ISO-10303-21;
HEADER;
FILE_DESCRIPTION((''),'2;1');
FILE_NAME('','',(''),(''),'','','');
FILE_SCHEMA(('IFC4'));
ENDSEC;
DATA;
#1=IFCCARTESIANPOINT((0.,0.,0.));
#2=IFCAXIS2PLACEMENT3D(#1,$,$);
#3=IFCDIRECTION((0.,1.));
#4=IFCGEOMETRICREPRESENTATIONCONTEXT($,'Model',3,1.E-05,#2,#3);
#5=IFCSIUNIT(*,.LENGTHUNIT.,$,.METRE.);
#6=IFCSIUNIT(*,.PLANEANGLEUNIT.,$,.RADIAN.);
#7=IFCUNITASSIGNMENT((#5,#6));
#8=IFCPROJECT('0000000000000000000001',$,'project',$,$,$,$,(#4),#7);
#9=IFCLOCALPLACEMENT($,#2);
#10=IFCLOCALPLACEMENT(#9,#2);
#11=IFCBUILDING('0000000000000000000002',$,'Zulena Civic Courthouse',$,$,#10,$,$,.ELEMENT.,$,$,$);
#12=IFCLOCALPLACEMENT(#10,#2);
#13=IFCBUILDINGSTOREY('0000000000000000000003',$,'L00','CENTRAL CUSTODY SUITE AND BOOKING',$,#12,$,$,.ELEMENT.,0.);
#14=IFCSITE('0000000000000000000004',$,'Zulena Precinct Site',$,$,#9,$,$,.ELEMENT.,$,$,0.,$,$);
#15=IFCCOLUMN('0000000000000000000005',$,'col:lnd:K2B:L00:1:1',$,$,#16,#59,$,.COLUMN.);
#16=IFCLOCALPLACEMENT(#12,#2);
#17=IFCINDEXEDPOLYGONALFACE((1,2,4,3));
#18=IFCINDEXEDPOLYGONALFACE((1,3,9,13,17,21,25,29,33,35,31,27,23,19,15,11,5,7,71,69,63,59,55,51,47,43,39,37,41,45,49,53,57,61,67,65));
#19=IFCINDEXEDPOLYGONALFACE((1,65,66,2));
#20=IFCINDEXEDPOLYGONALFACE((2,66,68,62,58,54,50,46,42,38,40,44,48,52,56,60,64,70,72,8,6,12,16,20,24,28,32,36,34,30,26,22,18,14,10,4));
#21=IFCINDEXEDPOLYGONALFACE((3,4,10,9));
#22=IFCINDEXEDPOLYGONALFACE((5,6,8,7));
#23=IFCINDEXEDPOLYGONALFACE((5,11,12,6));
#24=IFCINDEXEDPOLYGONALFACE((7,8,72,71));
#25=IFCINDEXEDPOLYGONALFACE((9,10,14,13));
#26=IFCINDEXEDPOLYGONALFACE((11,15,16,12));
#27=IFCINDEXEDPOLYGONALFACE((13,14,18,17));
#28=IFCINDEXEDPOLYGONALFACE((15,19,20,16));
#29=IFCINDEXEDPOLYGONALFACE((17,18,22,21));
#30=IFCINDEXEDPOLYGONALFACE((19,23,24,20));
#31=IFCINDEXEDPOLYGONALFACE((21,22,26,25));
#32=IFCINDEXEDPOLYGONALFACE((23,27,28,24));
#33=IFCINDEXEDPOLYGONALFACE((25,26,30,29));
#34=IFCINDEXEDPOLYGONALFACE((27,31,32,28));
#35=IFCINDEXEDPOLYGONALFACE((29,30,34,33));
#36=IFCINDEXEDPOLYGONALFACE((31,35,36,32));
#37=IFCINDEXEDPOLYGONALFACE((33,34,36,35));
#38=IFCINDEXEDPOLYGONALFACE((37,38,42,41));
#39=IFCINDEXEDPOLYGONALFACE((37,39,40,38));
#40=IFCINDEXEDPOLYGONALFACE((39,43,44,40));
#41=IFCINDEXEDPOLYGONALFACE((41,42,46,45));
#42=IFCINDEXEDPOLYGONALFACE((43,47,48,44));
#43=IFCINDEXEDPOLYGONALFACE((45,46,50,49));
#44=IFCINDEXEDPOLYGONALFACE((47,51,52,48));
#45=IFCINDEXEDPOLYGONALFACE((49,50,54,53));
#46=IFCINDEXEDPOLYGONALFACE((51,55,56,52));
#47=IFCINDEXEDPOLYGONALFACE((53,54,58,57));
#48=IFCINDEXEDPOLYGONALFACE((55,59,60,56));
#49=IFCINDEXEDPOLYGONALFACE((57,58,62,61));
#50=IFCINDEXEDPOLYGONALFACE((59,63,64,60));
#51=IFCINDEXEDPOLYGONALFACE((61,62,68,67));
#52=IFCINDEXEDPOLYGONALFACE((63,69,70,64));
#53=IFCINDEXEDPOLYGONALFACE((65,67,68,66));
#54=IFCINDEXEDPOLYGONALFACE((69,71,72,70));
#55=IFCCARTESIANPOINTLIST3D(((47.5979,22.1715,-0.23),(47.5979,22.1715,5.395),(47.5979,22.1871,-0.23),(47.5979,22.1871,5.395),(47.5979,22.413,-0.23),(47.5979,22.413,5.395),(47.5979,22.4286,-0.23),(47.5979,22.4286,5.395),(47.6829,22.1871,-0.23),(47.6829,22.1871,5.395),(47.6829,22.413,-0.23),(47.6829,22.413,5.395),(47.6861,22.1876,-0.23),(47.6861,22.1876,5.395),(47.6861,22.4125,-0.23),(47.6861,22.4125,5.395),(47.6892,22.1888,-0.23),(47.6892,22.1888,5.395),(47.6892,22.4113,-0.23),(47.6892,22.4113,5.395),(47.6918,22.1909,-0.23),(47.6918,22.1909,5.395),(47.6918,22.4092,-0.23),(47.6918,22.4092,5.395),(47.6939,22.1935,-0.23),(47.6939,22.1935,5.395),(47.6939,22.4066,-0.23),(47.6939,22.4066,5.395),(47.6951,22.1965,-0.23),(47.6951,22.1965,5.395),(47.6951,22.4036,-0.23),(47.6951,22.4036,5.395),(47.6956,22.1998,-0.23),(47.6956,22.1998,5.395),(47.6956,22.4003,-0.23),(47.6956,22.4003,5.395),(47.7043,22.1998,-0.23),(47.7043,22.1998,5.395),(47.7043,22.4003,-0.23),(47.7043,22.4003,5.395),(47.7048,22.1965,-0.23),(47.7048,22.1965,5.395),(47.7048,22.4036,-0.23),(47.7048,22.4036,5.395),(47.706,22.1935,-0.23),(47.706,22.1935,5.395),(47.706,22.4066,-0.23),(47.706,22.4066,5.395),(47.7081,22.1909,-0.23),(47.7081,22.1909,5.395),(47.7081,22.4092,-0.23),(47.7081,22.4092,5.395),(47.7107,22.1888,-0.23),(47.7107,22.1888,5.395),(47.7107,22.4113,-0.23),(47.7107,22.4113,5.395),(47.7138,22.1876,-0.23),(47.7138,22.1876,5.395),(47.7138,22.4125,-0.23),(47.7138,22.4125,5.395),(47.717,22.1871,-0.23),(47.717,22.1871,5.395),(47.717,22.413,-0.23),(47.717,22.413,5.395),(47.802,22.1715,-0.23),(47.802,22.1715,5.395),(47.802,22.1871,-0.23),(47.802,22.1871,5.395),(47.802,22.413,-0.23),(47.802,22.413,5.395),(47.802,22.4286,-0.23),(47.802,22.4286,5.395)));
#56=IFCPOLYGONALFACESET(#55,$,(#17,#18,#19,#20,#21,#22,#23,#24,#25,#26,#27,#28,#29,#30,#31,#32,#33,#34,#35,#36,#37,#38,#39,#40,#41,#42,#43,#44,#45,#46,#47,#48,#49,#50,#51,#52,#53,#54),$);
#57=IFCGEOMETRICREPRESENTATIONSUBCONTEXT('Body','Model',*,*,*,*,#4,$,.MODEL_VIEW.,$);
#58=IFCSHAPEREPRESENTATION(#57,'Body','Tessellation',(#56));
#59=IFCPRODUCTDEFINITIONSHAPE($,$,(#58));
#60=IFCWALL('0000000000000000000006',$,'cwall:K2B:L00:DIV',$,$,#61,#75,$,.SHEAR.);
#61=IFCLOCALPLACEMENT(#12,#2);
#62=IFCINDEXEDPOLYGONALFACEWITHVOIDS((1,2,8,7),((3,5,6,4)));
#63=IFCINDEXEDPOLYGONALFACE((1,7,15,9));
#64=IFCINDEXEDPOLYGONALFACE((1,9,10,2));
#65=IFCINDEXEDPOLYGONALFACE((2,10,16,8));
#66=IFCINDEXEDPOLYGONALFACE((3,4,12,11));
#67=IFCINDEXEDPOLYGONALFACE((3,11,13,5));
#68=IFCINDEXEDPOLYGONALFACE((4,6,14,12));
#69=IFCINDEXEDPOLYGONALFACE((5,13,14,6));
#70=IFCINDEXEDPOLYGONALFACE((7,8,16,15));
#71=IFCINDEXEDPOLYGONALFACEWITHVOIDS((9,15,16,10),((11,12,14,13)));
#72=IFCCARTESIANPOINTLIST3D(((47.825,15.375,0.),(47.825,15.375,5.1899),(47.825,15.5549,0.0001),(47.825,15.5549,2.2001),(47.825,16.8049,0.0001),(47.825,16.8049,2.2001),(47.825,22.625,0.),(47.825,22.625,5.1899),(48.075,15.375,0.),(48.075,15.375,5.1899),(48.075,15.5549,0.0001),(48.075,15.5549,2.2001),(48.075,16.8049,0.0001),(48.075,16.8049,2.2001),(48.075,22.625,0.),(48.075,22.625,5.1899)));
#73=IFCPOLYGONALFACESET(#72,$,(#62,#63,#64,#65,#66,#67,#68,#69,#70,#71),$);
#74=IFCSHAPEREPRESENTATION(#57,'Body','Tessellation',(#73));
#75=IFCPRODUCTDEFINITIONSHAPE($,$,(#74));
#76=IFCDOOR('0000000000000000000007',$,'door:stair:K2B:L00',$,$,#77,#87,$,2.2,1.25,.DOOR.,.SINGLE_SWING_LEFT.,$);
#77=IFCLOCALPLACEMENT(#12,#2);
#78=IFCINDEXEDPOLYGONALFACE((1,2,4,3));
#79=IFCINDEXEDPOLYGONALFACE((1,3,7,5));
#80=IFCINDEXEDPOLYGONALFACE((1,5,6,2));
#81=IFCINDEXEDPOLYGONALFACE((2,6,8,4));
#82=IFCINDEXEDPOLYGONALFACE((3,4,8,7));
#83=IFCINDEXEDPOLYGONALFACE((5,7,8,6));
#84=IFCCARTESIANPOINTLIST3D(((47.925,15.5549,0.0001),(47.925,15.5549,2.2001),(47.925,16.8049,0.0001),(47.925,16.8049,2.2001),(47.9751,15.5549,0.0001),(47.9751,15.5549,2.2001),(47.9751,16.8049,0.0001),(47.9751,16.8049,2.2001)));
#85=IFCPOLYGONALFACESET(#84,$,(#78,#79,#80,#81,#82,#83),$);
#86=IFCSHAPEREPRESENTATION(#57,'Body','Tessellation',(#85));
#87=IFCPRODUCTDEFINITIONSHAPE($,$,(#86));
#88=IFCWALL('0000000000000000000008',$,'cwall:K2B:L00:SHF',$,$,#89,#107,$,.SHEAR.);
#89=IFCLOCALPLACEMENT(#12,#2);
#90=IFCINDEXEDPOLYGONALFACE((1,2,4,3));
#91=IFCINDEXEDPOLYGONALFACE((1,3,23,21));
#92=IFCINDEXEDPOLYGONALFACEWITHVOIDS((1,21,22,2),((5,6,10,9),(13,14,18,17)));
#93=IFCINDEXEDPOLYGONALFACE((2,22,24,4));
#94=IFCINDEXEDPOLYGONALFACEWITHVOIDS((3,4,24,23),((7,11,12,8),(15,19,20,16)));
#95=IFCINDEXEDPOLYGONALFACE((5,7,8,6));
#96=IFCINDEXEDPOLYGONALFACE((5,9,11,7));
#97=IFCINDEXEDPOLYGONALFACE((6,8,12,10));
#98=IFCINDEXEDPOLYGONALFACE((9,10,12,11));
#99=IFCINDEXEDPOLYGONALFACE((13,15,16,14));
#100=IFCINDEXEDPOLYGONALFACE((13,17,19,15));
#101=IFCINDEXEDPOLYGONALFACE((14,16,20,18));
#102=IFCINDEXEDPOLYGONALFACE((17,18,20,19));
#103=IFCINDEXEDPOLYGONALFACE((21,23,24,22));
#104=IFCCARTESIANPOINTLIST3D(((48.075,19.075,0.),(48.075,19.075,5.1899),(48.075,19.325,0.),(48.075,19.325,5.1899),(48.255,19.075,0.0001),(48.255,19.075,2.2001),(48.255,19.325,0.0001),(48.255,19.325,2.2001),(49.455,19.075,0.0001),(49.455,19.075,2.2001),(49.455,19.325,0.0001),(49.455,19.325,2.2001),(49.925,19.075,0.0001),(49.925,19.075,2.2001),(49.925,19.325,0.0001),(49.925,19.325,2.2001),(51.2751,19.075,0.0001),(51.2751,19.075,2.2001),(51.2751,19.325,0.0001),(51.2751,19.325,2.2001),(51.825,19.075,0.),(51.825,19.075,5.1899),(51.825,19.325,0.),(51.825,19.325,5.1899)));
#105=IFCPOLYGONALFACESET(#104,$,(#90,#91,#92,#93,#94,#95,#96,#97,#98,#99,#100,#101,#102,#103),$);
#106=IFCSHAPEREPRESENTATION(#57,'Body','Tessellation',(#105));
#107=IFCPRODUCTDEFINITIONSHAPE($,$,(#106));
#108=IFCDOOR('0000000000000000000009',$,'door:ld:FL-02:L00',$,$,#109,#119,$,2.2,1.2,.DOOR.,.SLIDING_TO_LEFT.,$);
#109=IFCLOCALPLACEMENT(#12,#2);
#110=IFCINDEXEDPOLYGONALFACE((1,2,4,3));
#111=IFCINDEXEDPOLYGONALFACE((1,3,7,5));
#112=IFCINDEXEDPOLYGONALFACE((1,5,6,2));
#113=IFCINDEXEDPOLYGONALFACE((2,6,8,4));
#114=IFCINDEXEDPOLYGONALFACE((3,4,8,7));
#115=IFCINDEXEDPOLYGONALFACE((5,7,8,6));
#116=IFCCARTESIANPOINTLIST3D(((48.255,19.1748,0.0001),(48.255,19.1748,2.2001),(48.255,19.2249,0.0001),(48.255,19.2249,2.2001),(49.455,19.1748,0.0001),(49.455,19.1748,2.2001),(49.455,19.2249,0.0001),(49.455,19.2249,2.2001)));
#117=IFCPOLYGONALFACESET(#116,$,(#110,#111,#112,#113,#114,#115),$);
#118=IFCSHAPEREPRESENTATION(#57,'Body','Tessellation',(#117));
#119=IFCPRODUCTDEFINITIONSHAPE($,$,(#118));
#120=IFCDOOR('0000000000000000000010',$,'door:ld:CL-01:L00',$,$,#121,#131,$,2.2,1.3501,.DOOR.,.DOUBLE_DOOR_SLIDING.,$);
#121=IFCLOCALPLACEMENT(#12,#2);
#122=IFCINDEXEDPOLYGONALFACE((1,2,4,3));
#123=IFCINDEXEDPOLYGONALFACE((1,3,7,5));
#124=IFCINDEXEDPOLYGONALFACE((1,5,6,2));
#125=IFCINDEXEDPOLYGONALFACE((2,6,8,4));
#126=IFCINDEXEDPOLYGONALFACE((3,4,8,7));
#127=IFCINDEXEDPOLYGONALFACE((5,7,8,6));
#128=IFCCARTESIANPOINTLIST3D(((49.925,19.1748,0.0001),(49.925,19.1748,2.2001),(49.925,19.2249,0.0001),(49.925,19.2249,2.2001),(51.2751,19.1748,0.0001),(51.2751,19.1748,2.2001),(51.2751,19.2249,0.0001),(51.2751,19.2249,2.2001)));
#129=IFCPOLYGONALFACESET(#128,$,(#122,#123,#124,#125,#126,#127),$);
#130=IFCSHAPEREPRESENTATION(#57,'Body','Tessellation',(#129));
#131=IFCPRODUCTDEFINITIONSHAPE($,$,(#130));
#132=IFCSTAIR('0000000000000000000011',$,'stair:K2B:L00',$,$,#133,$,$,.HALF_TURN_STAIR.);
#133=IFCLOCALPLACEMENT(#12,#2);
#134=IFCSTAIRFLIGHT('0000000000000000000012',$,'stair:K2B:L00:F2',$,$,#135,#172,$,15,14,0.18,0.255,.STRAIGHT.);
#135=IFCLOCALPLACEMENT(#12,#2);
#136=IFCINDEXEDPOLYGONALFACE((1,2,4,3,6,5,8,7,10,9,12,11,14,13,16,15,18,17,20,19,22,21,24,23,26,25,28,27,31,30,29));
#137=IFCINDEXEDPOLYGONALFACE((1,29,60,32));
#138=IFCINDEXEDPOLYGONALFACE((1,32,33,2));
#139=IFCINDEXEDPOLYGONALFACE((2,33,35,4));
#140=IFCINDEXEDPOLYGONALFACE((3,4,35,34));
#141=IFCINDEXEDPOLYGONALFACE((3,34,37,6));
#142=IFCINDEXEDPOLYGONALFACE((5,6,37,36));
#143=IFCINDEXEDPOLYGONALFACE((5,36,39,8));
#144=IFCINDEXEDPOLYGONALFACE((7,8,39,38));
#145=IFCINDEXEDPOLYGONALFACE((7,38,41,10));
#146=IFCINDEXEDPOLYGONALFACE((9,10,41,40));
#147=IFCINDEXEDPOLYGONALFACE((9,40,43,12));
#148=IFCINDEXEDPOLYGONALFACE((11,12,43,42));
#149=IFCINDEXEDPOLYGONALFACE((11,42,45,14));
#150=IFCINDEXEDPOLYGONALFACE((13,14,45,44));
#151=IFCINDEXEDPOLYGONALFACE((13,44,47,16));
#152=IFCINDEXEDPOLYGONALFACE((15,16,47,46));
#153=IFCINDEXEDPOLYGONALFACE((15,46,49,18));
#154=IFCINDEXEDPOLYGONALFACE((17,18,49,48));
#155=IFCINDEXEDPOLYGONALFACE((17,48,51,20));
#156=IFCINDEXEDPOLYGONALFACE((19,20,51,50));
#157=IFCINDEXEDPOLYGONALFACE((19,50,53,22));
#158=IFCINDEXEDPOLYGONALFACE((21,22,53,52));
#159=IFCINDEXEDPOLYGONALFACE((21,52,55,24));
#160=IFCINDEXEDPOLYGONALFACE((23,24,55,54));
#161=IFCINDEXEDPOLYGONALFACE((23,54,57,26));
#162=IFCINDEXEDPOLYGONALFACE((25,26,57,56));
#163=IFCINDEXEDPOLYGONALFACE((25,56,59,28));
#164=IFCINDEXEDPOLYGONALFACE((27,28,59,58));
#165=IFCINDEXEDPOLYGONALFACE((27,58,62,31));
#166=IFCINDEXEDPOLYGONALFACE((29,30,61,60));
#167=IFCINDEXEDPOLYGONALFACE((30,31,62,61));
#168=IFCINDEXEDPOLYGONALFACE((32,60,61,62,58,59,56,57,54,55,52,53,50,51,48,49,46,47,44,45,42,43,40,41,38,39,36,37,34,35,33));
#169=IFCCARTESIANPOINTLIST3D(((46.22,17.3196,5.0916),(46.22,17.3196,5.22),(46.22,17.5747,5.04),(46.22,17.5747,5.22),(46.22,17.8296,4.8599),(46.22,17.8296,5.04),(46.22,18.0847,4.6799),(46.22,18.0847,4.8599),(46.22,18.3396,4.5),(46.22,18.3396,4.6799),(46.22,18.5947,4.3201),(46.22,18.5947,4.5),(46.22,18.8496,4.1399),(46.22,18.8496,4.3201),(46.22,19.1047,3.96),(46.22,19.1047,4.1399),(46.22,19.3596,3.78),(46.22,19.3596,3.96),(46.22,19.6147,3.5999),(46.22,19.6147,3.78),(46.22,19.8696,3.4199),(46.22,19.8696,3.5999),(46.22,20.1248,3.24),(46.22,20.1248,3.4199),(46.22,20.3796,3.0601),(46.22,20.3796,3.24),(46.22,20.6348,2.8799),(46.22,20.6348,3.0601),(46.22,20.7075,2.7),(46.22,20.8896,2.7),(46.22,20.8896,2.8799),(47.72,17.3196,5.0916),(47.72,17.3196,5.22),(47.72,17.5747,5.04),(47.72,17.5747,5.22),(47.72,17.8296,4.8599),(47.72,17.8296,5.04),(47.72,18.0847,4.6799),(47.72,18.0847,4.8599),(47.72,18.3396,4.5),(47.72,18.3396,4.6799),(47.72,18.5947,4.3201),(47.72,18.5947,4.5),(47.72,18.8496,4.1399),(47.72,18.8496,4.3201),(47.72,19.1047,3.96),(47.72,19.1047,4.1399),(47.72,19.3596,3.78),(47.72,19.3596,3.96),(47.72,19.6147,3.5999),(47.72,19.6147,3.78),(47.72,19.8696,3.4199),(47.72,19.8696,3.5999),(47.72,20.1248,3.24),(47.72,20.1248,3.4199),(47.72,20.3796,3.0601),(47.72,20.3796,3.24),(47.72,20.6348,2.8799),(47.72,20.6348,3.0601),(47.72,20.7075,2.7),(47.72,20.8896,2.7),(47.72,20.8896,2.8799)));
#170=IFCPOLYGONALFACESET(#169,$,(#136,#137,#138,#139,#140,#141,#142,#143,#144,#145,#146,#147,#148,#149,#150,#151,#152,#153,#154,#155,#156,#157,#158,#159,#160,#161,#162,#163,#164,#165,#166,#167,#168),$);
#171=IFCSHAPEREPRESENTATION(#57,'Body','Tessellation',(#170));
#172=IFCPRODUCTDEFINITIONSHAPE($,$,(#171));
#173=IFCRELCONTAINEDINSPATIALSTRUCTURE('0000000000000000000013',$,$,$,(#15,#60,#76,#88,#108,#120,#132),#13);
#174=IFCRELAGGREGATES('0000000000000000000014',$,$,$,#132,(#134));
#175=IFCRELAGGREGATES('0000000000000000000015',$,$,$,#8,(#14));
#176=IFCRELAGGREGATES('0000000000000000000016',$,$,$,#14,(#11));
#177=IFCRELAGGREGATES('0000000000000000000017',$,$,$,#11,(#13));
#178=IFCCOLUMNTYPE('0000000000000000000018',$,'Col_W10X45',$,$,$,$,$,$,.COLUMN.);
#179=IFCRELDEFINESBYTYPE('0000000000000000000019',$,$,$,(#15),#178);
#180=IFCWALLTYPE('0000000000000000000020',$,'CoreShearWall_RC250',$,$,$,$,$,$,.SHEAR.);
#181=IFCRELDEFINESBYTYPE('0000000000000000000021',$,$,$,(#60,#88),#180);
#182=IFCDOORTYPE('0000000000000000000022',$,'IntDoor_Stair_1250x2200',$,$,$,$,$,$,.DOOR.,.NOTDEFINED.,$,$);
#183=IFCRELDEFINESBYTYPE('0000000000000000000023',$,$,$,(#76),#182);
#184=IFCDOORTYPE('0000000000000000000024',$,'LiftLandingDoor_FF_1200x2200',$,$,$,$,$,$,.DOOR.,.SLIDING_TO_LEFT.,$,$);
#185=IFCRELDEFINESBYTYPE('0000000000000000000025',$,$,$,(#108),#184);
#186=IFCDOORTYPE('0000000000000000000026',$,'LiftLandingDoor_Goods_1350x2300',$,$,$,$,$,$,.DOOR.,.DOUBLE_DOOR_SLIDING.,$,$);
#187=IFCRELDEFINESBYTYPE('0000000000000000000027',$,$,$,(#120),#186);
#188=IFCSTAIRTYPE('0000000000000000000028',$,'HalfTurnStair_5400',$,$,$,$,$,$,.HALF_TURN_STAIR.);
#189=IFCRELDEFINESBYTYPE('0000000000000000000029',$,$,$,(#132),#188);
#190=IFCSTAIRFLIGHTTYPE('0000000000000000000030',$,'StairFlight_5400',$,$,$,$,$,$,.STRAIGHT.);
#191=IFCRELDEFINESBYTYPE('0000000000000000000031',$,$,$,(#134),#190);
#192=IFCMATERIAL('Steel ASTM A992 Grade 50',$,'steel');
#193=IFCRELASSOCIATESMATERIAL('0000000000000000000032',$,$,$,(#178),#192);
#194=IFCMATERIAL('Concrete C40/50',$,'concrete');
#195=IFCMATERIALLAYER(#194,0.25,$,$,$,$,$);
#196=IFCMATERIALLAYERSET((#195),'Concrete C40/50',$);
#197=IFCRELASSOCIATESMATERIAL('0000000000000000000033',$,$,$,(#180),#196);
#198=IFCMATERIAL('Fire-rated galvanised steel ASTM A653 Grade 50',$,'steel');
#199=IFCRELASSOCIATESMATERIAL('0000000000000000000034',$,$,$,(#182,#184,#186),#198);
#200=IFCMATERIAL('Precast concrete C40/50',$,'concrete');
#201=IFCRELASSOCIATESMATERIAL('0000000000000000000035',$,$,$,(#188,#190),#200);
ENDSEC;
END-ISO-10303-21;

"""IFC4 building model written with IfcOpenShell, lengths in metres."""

from ifc_helpers import new_model, si_unit, direction, frame, frame_2d, origin, origin_2d, place, context, subcontext, project, spatial, polyline, rectangle, i_section, outline, extrude, material, layer, layer_set, material_profile, profile_set, type_object, element, fill, aggregate, save


model = new_model("IFC4")

# Units and contexts
model_context = context("Model", 3, precision=1e-05, world=origin(), true_north=direction((0.0, 1.0)))
body_context = subcontext(model_context, "Body", "Model", "MODEL_VIEW")
ifc_project = project(units=[si_unit("LENGTHUNIT", "METRE"), si_unit("PLANEANGLEUNIT", "RADIAN")], contexts=[model_context])

# Site, building, storey
site_placement = place(None, origin())
site = spatial("IfcSite", under=ifc_project, at=site_placement, Name="Zulena Precinct Site", CompositionType="ELEMENT", RefElevation=0.0)
building_placement = place(site_placement, origin())
building = spatial("IfcBuilding", under=site, at=building_placement, Name="Zulena Civic Courthouse", CompositionType="ELEMENT")
storey_placement = place(building_placement, origin())
storey = spatial("IfcBuildingStorey", under=building, at=storey_placement, Name="L00", Description="CENTRAL CUSTODY SUITE AND BOOKING", CompositionType="ELEMENT", Elevation=0.0)

# Shared definitions
ifc_material_1 = material(Name="Concrete C40/50", Category="concrete")

# Column
ifc_material_2 = material(Name="Steel ASTM A992 Grade 50", Category="steel")
ifc_material_profile_1 = material_profile(ifc_material_2, i_section(OverallWidth=0.2041, OverallDepth=0.2571, WebThickness=0.0088, FlangeThickness=0.0156, FilletRadius=0.0127, at=origin_2d()), Name="W10X45")
ifc_profile_set_1 = profile_set([ifc_material_profile_1], Name="Steel ASTM A992 Grade 50")
column_type = type_object("IfcColumnType", Name="Col_W10X45", PredefinedType="COLUMN", material=ifc_profile_set_1)
for number, where, z_axis, x_axis, name in (
    (1, (47.7, 22.3, -0.23), (0.0, 0.0, 1.0), (1.0, 0.0, 0.0), "col:lnd:K2B:L00:1:1"),
):
    element("IfcColumn", number, at=place(storey_placement, frame(where, z_axis=z_axis, x_axis=x_axis)), inside=storey, type_object=column_type, Name=name, PredefinedType="COLUMN", context=body_context, shape_type="SweptSolid", body=[
        extrude(i_section(OverallWidth=0.2041, OverallDepth=0.2571, WebThickness=0.0088, FlangeThickness=0.0156, FilletRadius=0.0127, at=origin_2d()), origin(), (0.0, 0.0, 1.0), 5.625),
    ])

# Wall, opening, door
ifc_layer = layer(ifc_material_1, 0.25)
ifc_layer_set = layer_set([ifc_layer], Name="Concrete C40/50")
wall_type = type_object("IfcWallType", Name="CoreShearWall_RC250", PredefinedType="SHEAR", material=ifc_layer_set)
wall_1_placement = place(storey_placement, frame((47.95, 15.375, 0.0), z_axis=(0.0, 0.0, 1.0), x_axis=(0.0, 1.0, 0.0)))
wall_1 = element("IfcWall", 2, at=wall_1_placement, inside=storey, type_object=wall_type, Name="cwall:K2B:L00:DIV", PredefinedType="SHEAR", context=body_context, shape_type="SweptSolid", body=[
    extrude(rectangle(XDim=7.25, YDim=0.25, at=frame_2d((3.625, 0.0))), origin(), (0.0, 0.0, 1.0), 5.1899),
])
opening_1_placement = place(wall_1_placement, frame((0.1799, 0.0, 0.0)))
opening_1 = element("IfcOpeningElement", 3, at=opening_1_placement, cuts=wall_1, PredefinedType="OPENING", context=body_context, shape_type="SweptSolid", body=[
    extrude(rectangle(XDim=1.25, YDim=2.2, at=frame_2d((0.625, 1.1001))), frame((0.0, 0.135, 0.0), z_axis=(0.0, -1.0, 0.0), x_axis=(1.0, 0.0, 0.0)), (0.0, 0.0, 1.0), 0.27),
])
ifc_material_3 = material(Name="Fire-rated galvanised steel ASTM A653 Grade 50", Category="steel")
door_type_1 = type_object("IfcDoorType", Name="IntDoor_Stair_1250x2200", OperationType="NOTDEFINED", PredefinedType="DOOR", material=ifc_material_3)
door_1_placement = place(opening_1_placement, origin())
door_1 = element("IfcDoor", 4, at=door_1_placement, inside=storey, type_object=door_type_1, Name="door:stair:K2B:L00", OperationType="SINGLE_SWING_LEFT", OverallHeight=2.2, OverallWidth=1.25, PredefinedType="DOOR", context=body_context, shape_type="SweptSolid", body=[
    extrude(rectangle(XDim=1.25, YDim=2.2, at=frame_2d((0.625, 1.1001))), frame((0.0, 0.0249, 0.0), z_axis=(0.0, -1.0, 0.0), x_axis=(1.0, 0.0, 0.0)), (0.0, 0.0, 1.0), 0.05),
])
fill(opening_1, door_1)

# Wall, openings, doors
wall_2_placement = place(storey_placement, frame((48.075, 19.2, 0.0), z_axis=(0.0, 0.0, 1.0), x_axis=(1.0, 0.0, 0.0)))
wall_2 = element("IfcWall", 5, at=wall_2_placement, inside=storey, type_object=wall_type, Name="cwall:K2B:L00:SHF", PredefinedType="SHEAR", context=body_context, shape_type="SweptSolid", body=[
    extrude(rectangle(XDim=3.75, YDim=0.25, at=frame_2d((1.875, 0.0))), origin(), (0.0, 0.0, 1.0), 5.1899),
])
opening_2_placement = place(wall_2_placement, frame((0.1799, 0.0, 0.0)))
opening_2 = element("IfcOpeningElement", 6, at=opening_2_placement, cuts=wall_2, PredefinedType="OPENING", context=body_context, shape_type="SweptSolid", body=[
    extrude(rectangle(XDim=1.2, YDim=2.2, at=frame_2d((0.6001, 1.1001))), frame((0.0, 0.135, 0.0), z_axis=(0.0, -1.0, 0.0), x_axis=(1.0, 0.0, 0.0)), (0.0, 0.0, 1.0), 0.27),
])
opening_3_placement = place(wall_2_placement, frame((1.8501, 0.0, 0.0)))
opening_3 = element("IfcOpeningElement", 7, at=opening_3_placement, cuts=wall_2, PredefinedType="OPENING", context=body_context, shape_type="SweptSolid", body=[
    extrude(rectangle(XDim=1.3501, YDim=2.2, at=frame_2d((0.675, 1.1001))), frame((0.0, 0.135, 0.0), z_axis=(0.0, -1.0, 0.0), x_axis=(1.0, 0.0, 0.0)), (0.0, 0.0, 1.0), 0.27),
])
door_type_2 = type_object("IfcDoorType", Name="LiftLandingDoor_FF_1200x2200", OperationType="SLIDING_TO_LEFT", PredefinedType="DOOR", material=ifc_material_3)
door_2_placement = place(opening_2_placement, origin())
door_2 = element("IfcDoor", 8, at=door_2_placement, inside=storey, type_object=door_type_2, Name="door:ld:FL-02:L00", OperationType="SLIDING_TO_LEFT", OverallHeight=2.2, OverallWidth=1.2, PredefinedType="DOOR", context=body_context, shape_type="SweptSolid", body=[
    extrude(rectangle(XDim=1.2, YDim=2.2, at=frame_2d((0.6001, 1.1001))), frame((0.0, 0.0249, 0.0), z_axis=(0.0, -1.0, 0.0), x_axis=(1.0, 0.0, 0.0)), (0.0, 0.0, 1.0), 0.05),
])
fill(opening_2, door_2)
door_type_3 = type_object("IfcDoorType", Name="LiftLandingDoor_Goods_1350x2300", OperationType="DOUBLE_DOOR_SLIDING", PredefinedType="DOOR", material=ifc_material_3)
door_3_placement = place(opening_3_placement, origin())
door_3 = element("IfcDoor", 9, at=door_3_placement, inside=storey, type_object=door_type_3, Name="door:ld:CL-01:L00", OperationType="DOUBLE_DOOR_SLIDING", OverallHeight=2.2, OverallWidth=1.3501, PredefinedType="DOOR", context=body_context, shape_type="SweptSolid", body=[
    extrude(rectangle(XDim=1.3501, YDim=2.2, at=frame_2d((0.675, 1.1001))), frame((0.0, 0.0249, 0.0), z_axis=(0.0, -1.0, 0.0), x_axis=(1.0, 0.0, 0.0)), (0.0, 0.0, 1.0), 0.05),
])
fill(opening_3, door_3)

# Stair, stair flight
ifc_material_4 = material(Name="Precast concrete C40/50", Category="concrete")
stair_type = type_object("IfcStairType", Name="HalfTurnStair_5400", PredefinedType="HALF_TURN_STAIR", material=ifc_material_4)
stair_placement = place(storey_placement, origin())
stair = element("IfcStair", 10, at=stair_placement, inside=storey, type_object=stair_type, Name="stair:K2B:L00", PredefinedType="HALF_TURN_STAIR")
stair_flight_type = type_object("IfcStairFlightType", Name="StairFlight_5400", PredefinedType="STRAIGHT", material=ifc_material_4)
stair_flight_placement = place(storey_placement, frame((46.97, 20.8896, 2.7), z_axis=(0.0, 0.0, 1.0), x_axis=(0.0, -1.0, 0.0)))
stair_flight = element("IfcStairFlight", 11, at=stair_flight_placement, type_object=stair_flight_type, Name="stair:K2B:L00:F2", NumberOfRisers=15, NumberOfTreads=14, PredefinedType="STRAIGHT", RiserHeight=0.18, TreadLength=0.255, context=body_context, shape_type="SweptSolid", body=[
    extrude(outline(polyline([(0.0, 0.0), (0.0, 0.1799), (0.2549, 0.1799), (0.2549, 0.3601), (0.51, 0.3601), (0.51, 0.54), (0.7649, 0.54), (0.7649, 0.72), (1.02, 0.72), (1.02, 0.8999), (1.2749, 0.8999), (1.2749, 1.0801), (1.53, 1.0801), (1.53, 1.26), (1.7849, 1.26), (1.7849, 1.4399), (2.04, 1.4399), (2.04, 1.6201), (2.2949, 1.6201), (2.2949, 1.8), (2.55, 1.8), (2.55, 1.98), (2.8049, 1.98), (2.8049, 2.1599), (3.0601, 2.1599), (3.0601, 2.3401), (3.3149, 2.3401), (3.3149, 2.52), (3.5701, 2.52), (3.5701, 2.7), (3.5701, 2.3916), (0.1821, 0.0), (0.0, 0.0)])), frame((0.0, 0.75, 0.0), z_axis=(0.0, -1.0, 0.0), x_axis=(1.0, 0.0, 0.0)), (0.0, 0.0, 1.0), 1.5),
])
aggregate(stair, [stair_flight])

save(model, "model.ifc")
